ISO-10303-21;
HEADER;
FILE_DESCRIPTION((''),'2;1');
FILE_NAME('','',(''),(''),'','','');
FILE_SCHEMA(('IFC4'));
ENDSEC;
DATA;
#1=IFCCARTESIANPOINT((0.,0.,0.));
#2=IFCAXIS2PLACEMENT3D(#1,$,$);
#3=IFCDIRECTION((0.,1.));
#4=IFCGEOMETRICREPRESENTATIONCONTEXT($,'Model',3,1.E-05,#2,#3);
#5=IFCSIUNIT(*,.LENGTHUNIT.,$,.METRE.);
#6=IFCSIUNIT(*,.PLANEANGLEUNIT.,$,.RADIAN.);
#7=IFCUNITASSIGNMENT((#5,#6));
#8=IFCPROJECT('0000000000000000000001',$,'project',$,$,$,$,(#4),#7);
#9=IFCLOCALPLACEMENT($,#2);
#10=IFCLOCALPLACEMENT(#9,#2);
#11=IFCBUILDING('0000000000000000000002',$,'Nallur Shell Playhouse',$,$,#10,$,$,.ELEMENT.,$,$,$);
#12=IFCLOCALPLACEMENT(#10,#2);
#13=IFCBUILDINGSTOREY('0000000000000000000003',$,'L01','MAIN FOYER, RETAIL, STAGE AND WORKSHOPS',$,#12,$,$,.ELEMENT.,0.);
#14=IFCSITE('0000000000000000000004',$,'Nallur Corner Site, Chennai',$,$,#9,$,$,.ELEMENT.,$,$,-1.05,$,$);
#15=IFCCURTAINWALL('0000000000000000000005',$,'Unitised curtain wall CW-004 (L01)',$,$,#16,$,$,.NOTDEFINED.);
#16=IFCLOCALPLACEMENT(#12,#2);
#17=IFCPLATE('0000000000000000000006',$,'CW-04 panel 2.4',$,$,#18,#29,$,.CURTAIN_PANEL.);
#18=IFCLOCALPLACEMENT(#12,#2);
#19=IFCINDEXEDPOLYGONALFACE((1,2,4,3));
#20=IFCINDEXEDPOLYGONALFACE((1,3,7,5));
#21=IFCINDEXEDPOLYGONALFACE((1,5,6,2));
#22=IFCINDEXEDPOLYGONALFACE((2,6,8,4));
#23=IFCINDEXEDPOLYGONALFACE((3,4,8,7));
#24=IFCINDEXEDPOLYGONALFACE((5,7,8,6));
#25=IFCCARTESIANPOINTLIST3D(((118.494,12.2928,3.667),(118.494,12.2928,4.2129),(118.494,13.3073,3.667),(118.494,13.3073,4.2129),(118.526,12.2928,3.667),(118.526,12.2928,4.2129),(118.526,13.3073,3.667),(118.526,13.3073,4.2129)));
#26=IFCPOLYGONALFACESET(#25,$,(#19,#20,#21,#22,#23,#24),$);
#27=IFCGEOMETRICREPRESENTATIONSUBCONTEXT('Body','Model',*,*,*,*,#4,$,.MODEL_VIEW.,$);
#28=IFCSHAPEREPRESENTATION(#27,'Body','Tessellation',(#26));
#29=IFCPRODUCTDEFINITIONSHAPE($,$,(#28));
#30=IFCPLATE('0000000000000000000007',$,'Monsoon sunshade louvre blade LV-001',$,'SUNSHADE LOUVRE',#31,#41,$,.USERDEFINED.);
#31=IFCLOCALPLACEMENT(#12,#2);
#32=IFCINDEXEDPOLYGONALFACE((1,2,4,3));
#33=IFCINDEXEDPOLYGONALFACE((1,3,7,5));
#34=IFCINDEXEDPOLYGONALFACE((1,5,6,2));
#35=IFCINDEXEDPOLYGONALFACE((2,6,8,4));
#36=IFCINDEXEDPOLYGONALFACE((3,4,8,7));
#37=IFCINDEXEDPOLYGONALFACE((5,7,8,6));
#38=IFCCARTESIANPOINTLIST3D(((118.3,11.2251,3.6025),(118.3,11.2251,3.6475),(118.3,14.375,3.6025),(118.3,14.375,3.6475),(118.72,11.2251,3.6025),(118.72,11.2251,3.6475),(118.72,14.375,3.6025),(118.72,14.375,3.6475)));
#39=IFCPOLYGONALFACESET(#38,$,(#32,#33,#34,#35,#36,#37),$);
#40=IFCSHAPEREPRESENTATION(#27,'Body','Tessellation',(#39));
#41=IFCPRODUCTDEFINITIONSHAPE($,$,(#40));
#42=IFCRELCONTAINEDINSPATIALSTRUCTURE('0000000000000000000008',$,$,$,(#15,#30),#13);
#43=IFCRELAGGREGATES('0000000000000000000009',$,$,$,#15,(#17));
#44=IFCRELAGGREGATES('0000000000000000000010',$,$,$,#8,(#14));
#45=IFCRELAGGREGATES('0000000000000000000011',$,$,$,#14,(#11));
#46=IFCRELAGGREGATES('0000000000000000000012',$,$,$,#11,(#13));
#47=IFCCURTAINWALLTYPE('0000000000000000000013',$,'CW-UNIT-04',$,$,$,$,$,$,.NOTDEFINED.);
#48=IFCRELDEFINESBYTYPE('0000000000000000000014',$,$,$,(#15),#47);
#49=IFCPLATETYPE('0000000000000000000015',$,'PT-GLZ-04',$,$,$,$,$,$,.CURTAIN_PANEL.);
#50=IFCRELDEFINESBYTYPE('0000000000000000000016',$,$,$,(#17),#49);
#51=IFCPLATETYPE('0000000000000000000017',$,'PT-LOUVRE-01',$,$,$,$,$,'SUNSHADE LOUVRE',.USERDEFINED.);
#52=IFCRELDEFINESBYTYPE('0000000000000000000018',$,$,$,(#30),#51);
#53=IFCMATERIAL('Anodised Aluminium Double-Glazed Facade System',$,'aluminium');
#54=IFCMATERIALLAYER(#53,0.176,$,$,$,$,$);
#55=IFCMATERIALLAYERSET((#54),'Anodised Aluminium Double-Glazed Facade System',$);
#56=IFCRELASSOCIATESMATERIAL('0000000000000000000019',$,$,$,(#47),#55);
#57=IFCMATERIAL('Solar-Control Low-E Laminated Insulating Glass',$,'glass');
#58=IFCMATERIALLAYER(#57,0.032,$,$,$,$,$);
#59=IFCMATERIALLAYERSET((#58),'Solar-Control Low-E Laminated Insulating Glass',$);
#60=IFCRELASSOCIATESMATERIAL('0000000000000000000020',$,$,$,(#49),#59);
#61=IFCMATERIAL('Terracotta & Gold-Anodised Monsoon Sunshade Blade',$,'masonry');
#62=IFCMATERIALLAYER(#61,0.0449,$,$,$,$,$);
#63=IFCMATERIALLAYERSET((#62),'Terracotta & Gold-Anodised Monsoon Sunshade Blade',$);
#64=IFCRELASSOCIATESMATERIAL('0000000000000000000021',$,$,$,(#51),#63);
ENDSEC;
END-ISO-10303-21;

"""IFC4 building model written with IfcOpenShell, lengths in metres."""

from ifc_helpers import new_model, si_unit, direction, frame, origin, origin_2d, place, context, subcontext, project, spatial, rectangle, extrude, material, layer, layer_set, type_object, element, aggregate, save


model = new_model("IFC4")

# Units and contexts
model_context = context("Model", 3, precision=1e-05, world=origin(), true_north=direction((0.0, 1.0)))
body_context = subcontext(model_context, "Body", "Model", "MODEL_VIEW")
ifc_project = project(units=[si_unit("LENGTHUNIT", "METRE"), si_unit("PLANEANGLEUNIT", "RADIAN")], contexts=[model_context])

# Site, building, storey
site_placement = place(None, origin())
site = spatial("IfcSite", under=ifc_project, at=site_placement, Name="Nallur Corner Site, Chennai", CompositionType="ELEMENT", RefElevation=-1.05)
building_placement = place(site_placement, origin())
building = spatial("IfcBuilding", under=site, at=building_placement, Name="Nallur Shell Playhouse", CompositionType="ELEMENT")
storey_placement = place(building_placement, origin())
storey = spatial("IfcBuildingStorey", under=building, at=storey_placement, Name="L01", Description="MAIN FOYER, RETAIL, STAGE AND WORKSHOPS", CompositionType="ELEMENT", Elevation=0.0)

# Curtain wall
ifc_material_1 = material(Name="Anodised Aluminium Double-Glazed Facade System", Category="aluminium")
ifc_layer_1 = layer(ifc_material_1, 0.176)
ifc_layer_set_1 = layer_set([ifc_layer_1], Name="Anodised Aluminium Double-Glazed Facade System")
curtain_wall_type_1 = type_object("IfcCurtainWallType", Name="CW-UNIT-04", PredefinedType="NOTDEFINED", material=ifc_layer_set_1)
curtain_wall_1_placement = place(storey_placement, origin())
curtain_wall_1 = element("IfcCurtainWall", 1, at=curtain_wall_1_placement, inside=storey, type_object=curtain_wall_type_1, Name="Unitised curtain wall CW-004 (L01)", PredefinedType="NOTDEFINED")

# Plates
ifc_material_2 = material(Name="Solar-Control Low-E Laminated Insulating Glass", Category="glass")
ifc_layer_2 = layer(ifc_material_2, 0.032)
ifc_layer_set_2 = layer_set([ifc_layer_2], Name="Solar-Control Low-E Laminated Insulating Glass")
plate_type_1 = type_object("IfcPlateType", Name="PT-GLZ-04", PredefinedType="CURTAIN_PANEL", material=ifc_layer_set_2)
plate_1_placement = place(storey_placement, frame((118.51, 12.8, 3.667), z_axis=(0.0, 0.0, 1.0), x_axis=(0.0, -1.0, 0.0)))
plate_1 = element("IfcPlate", 2, at=plate_1_placement, type_object=plate_type_1, Name="CW-04 panel 2.4", PredefinedType="CURTAIN_PANEL", context=body_context, shape_type="SweptSolid", body=[
    extrude(rectangle(XDim=1.0144, YDim=0.032, at=origin_2d()), origin(), (0.0, 0.0, 1.0), 0.5459),
])
aggregate(curtain_wall_1, [plate_1])
ifc_material_3 = material(Name="Terracotta & Gold-Anodised Monsoon Sunshade Blade", Category="masonry")
ifc_layer_3 = layer(ifc_material_3, 0.0449)
ifc_layer_set_3 = layer_set([ifc_layer_3], Name="Terracotta & Gold-Anodised Monsoon Sunshade Blade")
plate_type_2 = type_object("IfcPlateType", Name="PT-LOUVRE-01", ElementType="SUNSHADE LOUVRE", PredefinedType="USERDEFINED", material=ifc_layer_set_3)
plate_2_placement = place(storey_placement, frame((118.51, 12.8, 3.6025), z_axis=(0.0, 0.0, 1.0), x_axis=(0.0, -1.0, 0.0)))
element("IfcPlate", 3, at=plate_2_placement, inside=storey, type_object=plate_type_2, Name="Monsoon sunshade louvre blade LV-001", ObjectType="SUNSHADE LOUVRE", PredefinedType="USERDEFINED", context=body_context, shape_type="SweptSolid", body=[
    extrude(rectangle(XDim=3.1499, YDim=0.4199, at=origin_2d()), origin(), (0.0, 0.0, 1.0), 0.0449),
])

save(model, "model.ifc")
